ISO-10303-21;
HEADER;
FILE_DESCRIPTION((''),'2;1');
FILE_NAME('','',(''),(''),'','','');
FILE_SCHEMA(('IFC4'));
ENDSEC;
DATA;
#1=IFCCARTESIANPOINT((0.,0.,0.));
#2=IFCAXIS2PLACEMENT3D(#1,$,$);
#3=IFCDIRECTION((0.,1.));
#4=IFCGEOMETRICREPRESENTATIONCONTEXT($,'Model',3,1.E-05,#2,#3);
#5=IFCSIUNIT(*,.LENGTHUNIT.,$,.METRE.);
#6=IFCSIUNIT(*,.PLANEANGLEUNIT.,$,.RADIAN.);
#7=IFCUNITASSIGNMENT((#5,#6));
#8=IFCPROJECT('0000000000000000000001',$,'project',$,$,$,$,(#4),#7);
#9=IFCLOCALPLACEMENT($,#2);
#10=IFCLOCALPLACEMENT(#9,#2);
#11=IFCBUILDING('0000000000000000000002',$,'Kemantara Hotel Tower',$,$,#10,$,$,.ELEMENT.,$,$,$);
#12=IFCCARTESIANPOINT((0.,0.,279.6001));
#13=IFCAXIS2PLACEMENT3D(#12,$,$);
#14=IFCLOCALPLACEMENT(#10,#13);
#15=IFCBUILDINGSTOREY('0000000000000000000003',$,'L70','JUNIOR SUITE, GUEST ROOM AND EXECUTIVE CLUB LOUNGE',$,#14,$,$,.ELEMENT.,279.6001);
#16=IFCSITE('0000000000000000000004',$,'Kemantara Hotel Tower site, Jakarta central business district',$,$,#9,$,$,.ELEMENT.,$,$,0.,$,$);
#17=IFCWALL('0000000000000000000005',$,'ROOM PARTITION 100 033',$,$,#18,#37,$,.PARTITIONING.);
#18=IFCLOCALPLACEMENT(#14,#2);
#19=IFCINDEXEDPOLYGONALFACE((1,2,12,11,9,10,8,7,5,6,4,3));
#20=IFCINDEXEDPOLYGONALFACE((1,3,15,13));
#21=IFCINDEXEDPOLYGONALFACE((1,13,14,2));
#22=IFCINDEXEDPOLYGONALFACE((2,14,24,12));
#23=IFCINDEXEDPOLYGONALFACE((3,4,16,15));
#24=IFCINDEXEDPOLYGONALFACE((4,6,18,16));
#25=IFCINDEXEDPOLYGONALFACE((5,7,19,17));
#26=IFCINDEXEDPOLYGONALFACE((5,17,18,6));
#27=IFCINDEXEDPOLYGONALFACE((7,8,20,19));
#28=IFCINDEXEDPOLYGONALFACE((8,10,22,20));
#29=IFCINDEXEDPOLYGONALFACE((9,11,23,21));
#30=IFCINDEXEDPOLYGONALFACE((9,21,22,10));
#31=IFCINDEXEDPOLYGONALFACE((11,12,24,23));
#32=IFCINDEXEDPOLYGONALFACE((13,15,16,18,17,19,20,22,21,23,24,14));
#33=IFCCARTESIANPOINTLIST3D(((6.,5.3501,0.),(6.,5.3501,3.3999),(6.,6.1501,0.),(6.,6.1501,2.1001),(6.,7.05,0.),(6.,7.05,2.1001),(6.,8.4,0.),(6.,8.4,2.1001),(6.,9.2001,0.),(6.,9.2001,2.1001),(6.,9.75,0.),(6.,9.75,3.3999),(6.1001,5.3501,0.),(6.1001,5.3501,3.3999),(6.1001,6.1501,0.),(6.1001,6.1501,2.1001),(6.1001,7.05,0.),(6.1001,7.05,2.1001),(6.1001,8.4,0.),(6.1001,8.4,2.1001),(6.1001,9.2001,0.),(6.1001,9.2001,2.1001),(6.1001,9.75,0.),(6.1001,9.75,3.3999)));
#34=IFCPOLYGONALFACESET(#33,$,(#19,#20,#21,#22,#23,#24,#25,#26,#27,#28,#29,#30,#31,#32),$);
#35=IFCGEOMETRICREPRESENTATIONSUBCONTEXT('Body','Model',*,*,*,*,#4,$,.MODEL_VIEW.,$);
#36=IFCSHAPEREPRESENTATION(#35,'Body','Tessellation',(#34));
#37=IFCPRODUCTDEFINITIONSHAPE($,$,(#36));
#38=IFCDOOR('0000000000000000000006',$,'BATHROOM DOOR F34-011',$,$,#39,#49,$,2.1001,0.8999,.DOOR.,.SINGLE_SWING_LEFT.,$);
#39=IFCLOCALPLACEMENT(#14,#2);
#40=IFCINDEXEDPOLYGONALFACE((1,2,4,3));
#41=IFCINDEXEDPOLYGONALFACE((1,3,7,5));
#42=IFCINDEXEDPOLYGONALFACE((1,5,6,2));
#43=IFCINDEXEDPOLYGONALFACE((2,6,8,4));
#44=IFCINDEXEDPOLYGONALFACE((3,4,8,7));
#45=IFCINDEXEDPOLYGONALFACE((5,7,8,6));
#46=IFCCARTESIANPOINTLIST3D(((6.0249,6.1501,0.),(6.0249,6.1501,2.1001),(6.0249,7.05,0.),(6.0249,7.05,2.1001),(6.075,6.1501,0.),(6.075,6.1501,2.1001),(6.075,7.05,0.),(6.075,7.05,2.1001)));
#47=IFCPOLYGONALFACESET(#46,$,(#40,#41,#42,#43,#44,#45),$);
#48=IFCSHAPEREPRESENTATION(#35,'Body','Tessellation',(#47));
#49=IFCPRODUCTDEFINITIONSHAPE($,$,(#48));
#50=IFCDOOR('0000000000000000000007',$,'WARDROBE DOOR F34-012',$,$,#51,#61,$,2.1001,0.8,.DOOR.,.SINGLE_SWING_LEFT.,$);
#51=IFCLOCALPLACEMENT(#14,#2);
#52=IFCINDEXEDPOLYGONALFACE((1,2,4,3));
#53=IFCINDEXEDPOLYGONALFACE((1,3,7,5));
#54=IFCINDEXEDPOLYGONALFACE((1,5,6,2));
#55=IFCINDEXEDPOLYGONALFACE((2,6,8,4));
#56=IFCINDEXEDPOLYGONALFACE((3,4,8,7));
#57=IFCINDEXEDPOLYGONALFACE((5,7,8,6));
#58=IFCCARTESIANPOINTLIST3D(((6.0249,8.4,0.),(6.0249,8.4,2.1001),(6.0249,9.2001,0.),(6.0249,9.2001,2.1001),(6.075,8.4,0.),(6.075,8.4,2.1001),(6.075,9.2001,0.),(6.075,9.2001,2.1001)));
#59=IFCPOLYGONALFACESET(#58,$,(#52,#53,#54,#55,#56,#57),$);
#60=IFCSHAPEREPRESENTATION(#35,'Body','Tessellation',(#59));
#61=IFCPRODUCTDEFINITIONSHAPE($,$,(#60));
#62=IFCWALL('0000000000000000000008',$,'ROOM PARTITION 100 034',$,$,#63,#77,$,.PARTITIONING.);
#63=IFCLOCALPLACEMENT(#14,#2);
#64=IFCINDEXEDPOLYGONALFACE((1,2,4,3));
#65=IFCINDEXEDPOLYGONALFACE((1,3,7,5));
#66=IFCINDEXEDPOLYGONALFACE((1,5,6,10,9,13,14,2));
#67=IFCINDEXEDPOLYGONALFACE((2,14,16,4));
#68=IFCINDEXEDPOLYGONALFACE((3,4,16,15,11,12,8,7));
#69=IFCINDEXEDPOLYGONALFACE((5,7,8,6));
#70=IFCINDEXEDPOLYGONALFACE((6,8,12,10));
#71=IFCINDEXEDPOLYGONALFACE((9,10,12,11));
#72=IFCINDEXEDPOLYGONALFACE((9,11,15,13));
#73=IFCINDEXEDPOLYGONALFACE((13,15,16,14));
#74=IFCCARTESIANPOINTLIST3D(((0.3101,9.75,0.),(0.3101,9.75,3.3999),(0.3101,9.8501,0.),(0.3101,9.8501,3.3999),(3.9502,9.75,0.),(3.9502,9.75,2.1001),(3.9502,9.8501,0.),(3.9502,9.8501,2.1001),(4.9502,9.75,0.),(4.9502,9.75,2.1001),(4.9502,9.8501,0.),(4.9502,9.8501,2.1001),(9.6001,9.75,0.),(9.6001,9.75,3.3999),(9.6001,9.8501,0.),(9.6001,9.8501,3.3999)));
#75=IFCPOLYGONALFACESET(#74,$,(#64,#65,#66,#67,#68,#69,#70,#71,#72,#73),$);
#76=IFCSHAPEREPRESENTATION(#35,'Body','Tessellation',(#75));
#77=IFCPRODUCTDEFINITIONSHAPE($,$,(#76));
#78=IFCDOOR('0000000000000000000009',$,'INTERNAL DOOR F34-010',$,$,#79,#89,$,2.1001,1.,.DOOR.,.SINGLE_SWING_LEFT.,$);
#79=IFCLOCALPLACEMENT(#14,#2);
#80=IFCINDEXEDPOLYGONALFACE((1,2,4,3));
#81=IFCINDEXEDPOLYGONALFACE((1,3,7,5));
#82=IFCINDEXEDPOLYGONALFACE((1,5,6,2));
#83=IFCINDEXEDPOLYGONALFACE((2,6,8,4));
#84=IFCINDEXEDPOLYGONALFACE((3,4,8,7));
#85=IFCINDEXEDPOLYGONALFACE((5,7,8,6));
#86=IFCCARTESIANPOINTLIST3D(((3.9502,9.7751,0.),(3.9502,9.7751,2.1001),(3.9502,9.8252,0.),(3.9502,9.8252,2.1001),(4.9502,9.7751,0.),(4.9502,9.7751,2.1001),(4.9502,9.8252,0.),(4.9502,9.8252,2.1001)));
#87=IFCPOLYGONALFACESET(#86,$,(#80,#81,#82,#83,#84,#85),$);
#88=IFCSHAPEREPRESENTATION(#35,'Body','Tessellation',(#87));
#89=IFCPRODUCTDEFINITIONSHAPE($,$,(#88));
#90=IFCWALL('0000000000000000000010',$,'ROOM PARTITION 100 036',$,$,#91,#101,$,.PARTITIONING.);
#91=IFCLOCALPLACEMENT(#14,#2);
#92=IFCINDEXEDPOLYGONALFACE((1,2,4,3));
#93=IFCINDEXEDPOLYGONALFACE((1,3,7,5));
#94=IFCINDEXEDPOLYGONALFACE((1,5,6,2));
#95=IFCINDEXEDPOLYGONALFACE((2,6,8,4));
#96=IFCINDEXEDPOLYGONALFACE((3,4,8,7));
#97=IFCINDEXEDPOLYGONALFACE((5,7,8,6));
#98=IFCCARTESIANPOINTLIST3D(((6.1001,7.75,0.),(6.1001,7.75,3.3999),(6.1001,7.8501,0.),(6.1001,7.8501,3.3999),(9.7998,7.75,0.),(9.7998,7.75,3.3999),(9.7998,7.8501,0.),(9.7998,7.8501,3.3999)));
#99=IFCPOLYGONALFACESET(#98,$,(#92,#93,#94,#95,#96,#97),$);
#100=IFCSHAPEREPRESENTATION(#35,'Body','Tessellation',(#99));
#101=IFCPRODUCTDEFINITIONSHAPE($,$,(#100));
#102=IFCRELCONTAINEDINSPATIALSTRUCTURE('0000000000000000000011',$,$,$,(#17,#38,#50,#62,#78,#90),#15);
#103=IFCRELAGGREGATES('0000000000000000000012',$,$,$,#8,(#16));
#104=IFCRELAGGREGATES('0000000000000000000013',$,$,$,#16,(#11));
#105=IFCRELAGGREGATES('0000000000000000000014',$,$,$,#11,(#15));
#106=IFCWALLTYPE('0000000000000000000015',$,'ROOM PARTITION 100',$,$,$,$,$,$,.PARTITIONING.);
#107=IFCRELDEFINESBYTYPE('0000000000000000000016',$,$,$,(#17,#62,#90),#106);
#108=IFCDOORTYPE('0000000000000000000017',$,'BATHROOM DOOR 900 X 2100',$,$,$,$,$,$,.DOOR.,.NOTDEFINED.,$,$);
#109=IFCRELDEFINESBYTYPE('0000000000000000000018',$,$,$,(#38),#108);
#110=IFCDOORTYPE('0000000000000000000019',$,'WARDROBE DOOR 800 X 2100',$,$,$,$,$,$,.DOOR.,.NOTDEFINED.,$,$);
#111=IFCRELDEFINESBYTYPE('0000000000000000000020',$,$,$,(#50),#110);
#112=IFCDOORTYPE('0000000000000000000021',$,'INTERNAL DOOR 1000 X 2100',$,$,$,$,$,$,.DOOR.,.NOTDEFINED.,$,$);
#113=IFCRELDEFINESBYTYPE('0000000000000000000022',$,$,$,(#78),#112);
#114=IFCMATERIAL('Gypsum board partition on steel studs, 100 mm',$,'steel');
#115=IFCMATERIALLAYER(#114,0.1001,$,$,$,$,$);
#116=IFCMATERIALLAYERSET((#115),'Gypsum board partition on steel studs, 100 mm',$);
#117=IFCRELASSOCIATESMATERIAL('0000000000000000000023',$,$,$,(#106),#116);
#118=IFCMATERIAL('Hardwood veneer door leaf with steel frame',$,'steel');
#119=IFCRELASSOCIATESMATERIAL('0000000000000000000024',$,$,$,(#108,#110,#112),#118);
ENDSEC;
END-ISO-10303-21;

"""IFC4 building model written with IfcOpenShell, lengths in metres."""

from ifc_helpers import new_model, si_unit, direction, frame, frame_2d, origin, place, context, subcontext, project, spatial, rectangle, extrude, material, layer, layer_set, type_object, element, fill, save


model = new_model("IFC4")

# Units and contexts
model_context = context("Model", 3, precision=1e-05, world=origin(), true_north=direction((0.0, 1.0)))
body_context = subcontext(model_context, "Body", "Model", "MODEL_VIEW")
ifc_project = project(units=[si_unit("LENGTHUNIT", "METRE"), si_unit("PLANEANGLEUNIT", "RADIAN")], contexts=[model_context])

# Site, building, storey
site_placement = place(None, origin())
site = spatial("IfcSite", under=ifc_project, at=site_placement, Name="Kemantara Hotel Tower site, Jakarta central business district", CompositionType="ELEMENT", RefElevation=0.0)
building_placement = place(site_placement, origin())
building = spatial("IfcBuilding", under=site, at=building_placement, Name="Kemantara Hotel Tower", CompositionType="ELEMENT")
storey_placement = place(building_placement, frame((0.0, 0.0, 279.6001)))
storey = spatial("IfcBuildingStorey", under=building, at=storey_placement, Name="L70", Description="JUNIOR SUITE, GUEST ROOM AND EXECUTIVE CLUB LOUNGE", CompositionType="ELEMENT", Elevation=279.6001)

# Wall, openings, doors
ifc_material_1 = material(Name="Hardwood veneer door leaf with steel frame", Category="steel")
ifc_material_2 = material(Name="Gypsum board partition on steel studs, 100 mm", Category="steel")
ifc_layer_1 = layer(ifc_material_2, 0.1001)
ifc_layer_set_1 = layer_set([ifc_layer_1], Name="Gypsum board partition on steel studs, 100 mm")
wall_type_1 = type_object("IfcWallType", Name="ROOM PARTITION 100", PredefinedType="PARTITIONING", material=ifc_layer_set_1)
wall_1_placement = place(storey_placement, frame((6.05, 9.75, 0.0), z_axis=(0.0, 0.0, 1.0), x_axis=(0.0, -1.0, 0.0)))
wall_1 = element("IfcWall", 1, at=wall_1_placement, inside=storey, type_object=wall_type_1, Name="ROOM PARTITION 100 033", PredefinedType="PARTITIONING", context=body_context, shape_type="SweptSolid", body=[
    extrude(rectangle(XDim=4.3999, YDim=0.1001, at=frame_2d((2.2, 0.0))), origin(), (0.0, 0.0, 1.0), 3.3999),
])
opening_1_placement = place(wall_1_placement, frame((2.7, 0.0, 0.0)))
opening_1 = element("IfcOpeningElement", 2, at=opening_1_placement, cuts=wall_1, PredefinedType="OPENING", context=body_context, shape_type="SweptSolid", body=[
    extrude(rectangle(XDim=0.8999, YDim=2.1001, at=frame_2d((0.45, 1.05))), frame((0.0, 0.0601, 0.0), z_axis=(0.0, -1.0, 0.0), x_axis=(1.0, 0.0, 0.0)), (0.0, 0.0, 1.0), 0.1201),
])
opening_2_placement = place(wall_1_placement, frame((0.55, 0.0, 0.0)))
opening_2 = element("IfcOpeningElement", 3, at=opening_2_placement, cuts=wall_1, PredefinedType="OPENING", context=body_context, shape_type="SweptSolid", body=[
    extrude(rectangle(XDim=0.8, YDim=2.1001, at=frame_2d((0.3999, 1.05))), frame((0.0, 0.0601, 0.0), z_axis=(0.0, -1.0, 0.0), x_axis=(1.0, 0.0, 0.0)), (0.0, 0.0, 1.0), 0.1201),
])
door_type_1 = type_object("IfcDoorType", Name="BATHROOM DOOR 900 X 2100", OperationType="NOTDEFINED", PredefinedType="DOOR", material=ifc_material_1)
door_1_placement = place(opening_1_placement, origin())
door_1 = element("IfcDoor", 4, at=door_1_placement, inside=storey, type_object=door_type_1, Name="BATHROOM DOOR F34-011", OperationType="SINGLE_SWING_LEFT", OverallHeight=2.1001, OverallWidth=0.8999, PredefinedType="DOOR", context=body_context, shape_type="SweptSolid", body=[
    extrude(rectangle(XDim=0.8999, YDim=2.1001, at=frame_2d((0.45, 1.05))), frame((0.0, 0.0249, 0.0), z_axis=(0.0, -1.0, 0.0), x_axis=(1.0, 0.0, 0.0)), (0.0, 0.0, 1.0), 0.05),
])
fill(opening_1, door_1)
door_type_2 = type_object("IfcDoorType", Name="WARDROBE DOOR 800 X 2100", OperationType="NOTDEFINED", PredefinedType="DOOR", material=ifc_material_1)
door_2_placement = place(opening_2_placement, origin())
door_2 = element("IfcDoor", 5, at=door_2_placement, inside=storey, type_object=door_type_2, Name="WARDROBE DOOR F34-012", OperationType="SINGLE_SWING_LEFT", OverallHeight=2.1001, OverallWidth=0.8, PredefinedType="DOOR", context=body_context, shape_type="SweptSolid", body=[
    extrude(rectangle(XDim=0.8, YDim=2.1001, at=frame_2d((0.3999, 1.05))), frame((0.0, 0.0249, 0.0), z_axis=(0.0, -1.0, 0.0), x_axis=(1.0, 0.0, 0.0)), (0.0, 0.0, 1.0), 0.05),
])
fill(opening_2, door_2)

# Wall, opening, door
wall_2_placement = place(storey_placement, frame((9.6001, 9.8, 0.0), z_axis=(0.0, 0.0, 1.0), x_axis=(-1.0, 0.0, 0.0)))
wall_2 = element("IfcWall", 6, at=wall_2_placement, inside=storey, type_object=wall_type_1, Name="ROOM PARTITION 100 034", PredefinedType="PARTITIONING", context=body_context, shape_type="SweptSolid", body=[
    extrude(rectangle(XDim=9.29, YDim=0.1001, at=frame_2d((4.645, 0.0))), origin(), (0.0, 0.0, 1.0), 3.3999),
])
opening_3_placement = place(wall_2_placement, frame((4.6499, 0.0, 0.0)))
opening_3 = element("IfcOpeningElement", 7, at=opening_3_placement, cuts=wall_2, PredefinedType="OPENING", context=body_context, shape_type="SweptSolid", body=[
    extrude(rectangle(XDim=1.0, YDim=2.1001, at=frame_2d((0.5, 1.05))), frame((0.0, 0.0601, 0.0), z_axis=(0.0, -1.0, 0.0), x_axis=(1.0, 0.0, 0.0)), (0.0, 0.0, 1.0), 0.1201),
])
door_type_3 = type_object("IfcDoorType", Name="INTERNAL DOOR 1000 X 2100", OperationType="NOTDEFINED", PredefinedType="DOOR", material=ifc_material_1)
door_3_placement = place(opening_3_placement, origin())
door_3 = element("IfcDoor", 8, at=door_3_placement, inside=storey, type_object=door_type_3, Name="INTERNAL DOOR F34-010", OperationType="SINGLE_SWING_LEFT", OverallHeight=2.1001, OverallWidth=1.0, PredefinedType="DOOR", context=body_context, shape_type="SweptSolid", body=[
    extrude(rectangle(XDim=1.0, YDim=2.1001, at=frame_2d((0.5, 1.05))), frame((0.0, 0.0249, 0.0), z_axis=(0.0, -1.0, 0.0), x_axis=(1.0, 0.0, 0.0)), (0.0, 0.0, 1.0), 0.05),
])
fill(opening_3, door_3)

# Wall
wall_3_placement = place(storey_placement, frame((6.1001, 7.8, 0.0), z_axis=(0.0, 0.0, 1.0), x_axis=(1.0, 0.0, 0.0)))
element("IfcWall", 9, at=wall_3_placement, inside=storey, type_object=wall_type_1, Name="ROOM PARTITION 100 036", PredefinedType="PARTITIONING", context=body_context, shape_type="SweptSolid", body=[
    extrude(rectangle(XDim=3.6997, YDim=0.1001, at=frame_2d((1.8499, 0.0))), origin(), (0.0, 0.0, 1.0), 3.3999),
])

save(model, "model.ifc")
